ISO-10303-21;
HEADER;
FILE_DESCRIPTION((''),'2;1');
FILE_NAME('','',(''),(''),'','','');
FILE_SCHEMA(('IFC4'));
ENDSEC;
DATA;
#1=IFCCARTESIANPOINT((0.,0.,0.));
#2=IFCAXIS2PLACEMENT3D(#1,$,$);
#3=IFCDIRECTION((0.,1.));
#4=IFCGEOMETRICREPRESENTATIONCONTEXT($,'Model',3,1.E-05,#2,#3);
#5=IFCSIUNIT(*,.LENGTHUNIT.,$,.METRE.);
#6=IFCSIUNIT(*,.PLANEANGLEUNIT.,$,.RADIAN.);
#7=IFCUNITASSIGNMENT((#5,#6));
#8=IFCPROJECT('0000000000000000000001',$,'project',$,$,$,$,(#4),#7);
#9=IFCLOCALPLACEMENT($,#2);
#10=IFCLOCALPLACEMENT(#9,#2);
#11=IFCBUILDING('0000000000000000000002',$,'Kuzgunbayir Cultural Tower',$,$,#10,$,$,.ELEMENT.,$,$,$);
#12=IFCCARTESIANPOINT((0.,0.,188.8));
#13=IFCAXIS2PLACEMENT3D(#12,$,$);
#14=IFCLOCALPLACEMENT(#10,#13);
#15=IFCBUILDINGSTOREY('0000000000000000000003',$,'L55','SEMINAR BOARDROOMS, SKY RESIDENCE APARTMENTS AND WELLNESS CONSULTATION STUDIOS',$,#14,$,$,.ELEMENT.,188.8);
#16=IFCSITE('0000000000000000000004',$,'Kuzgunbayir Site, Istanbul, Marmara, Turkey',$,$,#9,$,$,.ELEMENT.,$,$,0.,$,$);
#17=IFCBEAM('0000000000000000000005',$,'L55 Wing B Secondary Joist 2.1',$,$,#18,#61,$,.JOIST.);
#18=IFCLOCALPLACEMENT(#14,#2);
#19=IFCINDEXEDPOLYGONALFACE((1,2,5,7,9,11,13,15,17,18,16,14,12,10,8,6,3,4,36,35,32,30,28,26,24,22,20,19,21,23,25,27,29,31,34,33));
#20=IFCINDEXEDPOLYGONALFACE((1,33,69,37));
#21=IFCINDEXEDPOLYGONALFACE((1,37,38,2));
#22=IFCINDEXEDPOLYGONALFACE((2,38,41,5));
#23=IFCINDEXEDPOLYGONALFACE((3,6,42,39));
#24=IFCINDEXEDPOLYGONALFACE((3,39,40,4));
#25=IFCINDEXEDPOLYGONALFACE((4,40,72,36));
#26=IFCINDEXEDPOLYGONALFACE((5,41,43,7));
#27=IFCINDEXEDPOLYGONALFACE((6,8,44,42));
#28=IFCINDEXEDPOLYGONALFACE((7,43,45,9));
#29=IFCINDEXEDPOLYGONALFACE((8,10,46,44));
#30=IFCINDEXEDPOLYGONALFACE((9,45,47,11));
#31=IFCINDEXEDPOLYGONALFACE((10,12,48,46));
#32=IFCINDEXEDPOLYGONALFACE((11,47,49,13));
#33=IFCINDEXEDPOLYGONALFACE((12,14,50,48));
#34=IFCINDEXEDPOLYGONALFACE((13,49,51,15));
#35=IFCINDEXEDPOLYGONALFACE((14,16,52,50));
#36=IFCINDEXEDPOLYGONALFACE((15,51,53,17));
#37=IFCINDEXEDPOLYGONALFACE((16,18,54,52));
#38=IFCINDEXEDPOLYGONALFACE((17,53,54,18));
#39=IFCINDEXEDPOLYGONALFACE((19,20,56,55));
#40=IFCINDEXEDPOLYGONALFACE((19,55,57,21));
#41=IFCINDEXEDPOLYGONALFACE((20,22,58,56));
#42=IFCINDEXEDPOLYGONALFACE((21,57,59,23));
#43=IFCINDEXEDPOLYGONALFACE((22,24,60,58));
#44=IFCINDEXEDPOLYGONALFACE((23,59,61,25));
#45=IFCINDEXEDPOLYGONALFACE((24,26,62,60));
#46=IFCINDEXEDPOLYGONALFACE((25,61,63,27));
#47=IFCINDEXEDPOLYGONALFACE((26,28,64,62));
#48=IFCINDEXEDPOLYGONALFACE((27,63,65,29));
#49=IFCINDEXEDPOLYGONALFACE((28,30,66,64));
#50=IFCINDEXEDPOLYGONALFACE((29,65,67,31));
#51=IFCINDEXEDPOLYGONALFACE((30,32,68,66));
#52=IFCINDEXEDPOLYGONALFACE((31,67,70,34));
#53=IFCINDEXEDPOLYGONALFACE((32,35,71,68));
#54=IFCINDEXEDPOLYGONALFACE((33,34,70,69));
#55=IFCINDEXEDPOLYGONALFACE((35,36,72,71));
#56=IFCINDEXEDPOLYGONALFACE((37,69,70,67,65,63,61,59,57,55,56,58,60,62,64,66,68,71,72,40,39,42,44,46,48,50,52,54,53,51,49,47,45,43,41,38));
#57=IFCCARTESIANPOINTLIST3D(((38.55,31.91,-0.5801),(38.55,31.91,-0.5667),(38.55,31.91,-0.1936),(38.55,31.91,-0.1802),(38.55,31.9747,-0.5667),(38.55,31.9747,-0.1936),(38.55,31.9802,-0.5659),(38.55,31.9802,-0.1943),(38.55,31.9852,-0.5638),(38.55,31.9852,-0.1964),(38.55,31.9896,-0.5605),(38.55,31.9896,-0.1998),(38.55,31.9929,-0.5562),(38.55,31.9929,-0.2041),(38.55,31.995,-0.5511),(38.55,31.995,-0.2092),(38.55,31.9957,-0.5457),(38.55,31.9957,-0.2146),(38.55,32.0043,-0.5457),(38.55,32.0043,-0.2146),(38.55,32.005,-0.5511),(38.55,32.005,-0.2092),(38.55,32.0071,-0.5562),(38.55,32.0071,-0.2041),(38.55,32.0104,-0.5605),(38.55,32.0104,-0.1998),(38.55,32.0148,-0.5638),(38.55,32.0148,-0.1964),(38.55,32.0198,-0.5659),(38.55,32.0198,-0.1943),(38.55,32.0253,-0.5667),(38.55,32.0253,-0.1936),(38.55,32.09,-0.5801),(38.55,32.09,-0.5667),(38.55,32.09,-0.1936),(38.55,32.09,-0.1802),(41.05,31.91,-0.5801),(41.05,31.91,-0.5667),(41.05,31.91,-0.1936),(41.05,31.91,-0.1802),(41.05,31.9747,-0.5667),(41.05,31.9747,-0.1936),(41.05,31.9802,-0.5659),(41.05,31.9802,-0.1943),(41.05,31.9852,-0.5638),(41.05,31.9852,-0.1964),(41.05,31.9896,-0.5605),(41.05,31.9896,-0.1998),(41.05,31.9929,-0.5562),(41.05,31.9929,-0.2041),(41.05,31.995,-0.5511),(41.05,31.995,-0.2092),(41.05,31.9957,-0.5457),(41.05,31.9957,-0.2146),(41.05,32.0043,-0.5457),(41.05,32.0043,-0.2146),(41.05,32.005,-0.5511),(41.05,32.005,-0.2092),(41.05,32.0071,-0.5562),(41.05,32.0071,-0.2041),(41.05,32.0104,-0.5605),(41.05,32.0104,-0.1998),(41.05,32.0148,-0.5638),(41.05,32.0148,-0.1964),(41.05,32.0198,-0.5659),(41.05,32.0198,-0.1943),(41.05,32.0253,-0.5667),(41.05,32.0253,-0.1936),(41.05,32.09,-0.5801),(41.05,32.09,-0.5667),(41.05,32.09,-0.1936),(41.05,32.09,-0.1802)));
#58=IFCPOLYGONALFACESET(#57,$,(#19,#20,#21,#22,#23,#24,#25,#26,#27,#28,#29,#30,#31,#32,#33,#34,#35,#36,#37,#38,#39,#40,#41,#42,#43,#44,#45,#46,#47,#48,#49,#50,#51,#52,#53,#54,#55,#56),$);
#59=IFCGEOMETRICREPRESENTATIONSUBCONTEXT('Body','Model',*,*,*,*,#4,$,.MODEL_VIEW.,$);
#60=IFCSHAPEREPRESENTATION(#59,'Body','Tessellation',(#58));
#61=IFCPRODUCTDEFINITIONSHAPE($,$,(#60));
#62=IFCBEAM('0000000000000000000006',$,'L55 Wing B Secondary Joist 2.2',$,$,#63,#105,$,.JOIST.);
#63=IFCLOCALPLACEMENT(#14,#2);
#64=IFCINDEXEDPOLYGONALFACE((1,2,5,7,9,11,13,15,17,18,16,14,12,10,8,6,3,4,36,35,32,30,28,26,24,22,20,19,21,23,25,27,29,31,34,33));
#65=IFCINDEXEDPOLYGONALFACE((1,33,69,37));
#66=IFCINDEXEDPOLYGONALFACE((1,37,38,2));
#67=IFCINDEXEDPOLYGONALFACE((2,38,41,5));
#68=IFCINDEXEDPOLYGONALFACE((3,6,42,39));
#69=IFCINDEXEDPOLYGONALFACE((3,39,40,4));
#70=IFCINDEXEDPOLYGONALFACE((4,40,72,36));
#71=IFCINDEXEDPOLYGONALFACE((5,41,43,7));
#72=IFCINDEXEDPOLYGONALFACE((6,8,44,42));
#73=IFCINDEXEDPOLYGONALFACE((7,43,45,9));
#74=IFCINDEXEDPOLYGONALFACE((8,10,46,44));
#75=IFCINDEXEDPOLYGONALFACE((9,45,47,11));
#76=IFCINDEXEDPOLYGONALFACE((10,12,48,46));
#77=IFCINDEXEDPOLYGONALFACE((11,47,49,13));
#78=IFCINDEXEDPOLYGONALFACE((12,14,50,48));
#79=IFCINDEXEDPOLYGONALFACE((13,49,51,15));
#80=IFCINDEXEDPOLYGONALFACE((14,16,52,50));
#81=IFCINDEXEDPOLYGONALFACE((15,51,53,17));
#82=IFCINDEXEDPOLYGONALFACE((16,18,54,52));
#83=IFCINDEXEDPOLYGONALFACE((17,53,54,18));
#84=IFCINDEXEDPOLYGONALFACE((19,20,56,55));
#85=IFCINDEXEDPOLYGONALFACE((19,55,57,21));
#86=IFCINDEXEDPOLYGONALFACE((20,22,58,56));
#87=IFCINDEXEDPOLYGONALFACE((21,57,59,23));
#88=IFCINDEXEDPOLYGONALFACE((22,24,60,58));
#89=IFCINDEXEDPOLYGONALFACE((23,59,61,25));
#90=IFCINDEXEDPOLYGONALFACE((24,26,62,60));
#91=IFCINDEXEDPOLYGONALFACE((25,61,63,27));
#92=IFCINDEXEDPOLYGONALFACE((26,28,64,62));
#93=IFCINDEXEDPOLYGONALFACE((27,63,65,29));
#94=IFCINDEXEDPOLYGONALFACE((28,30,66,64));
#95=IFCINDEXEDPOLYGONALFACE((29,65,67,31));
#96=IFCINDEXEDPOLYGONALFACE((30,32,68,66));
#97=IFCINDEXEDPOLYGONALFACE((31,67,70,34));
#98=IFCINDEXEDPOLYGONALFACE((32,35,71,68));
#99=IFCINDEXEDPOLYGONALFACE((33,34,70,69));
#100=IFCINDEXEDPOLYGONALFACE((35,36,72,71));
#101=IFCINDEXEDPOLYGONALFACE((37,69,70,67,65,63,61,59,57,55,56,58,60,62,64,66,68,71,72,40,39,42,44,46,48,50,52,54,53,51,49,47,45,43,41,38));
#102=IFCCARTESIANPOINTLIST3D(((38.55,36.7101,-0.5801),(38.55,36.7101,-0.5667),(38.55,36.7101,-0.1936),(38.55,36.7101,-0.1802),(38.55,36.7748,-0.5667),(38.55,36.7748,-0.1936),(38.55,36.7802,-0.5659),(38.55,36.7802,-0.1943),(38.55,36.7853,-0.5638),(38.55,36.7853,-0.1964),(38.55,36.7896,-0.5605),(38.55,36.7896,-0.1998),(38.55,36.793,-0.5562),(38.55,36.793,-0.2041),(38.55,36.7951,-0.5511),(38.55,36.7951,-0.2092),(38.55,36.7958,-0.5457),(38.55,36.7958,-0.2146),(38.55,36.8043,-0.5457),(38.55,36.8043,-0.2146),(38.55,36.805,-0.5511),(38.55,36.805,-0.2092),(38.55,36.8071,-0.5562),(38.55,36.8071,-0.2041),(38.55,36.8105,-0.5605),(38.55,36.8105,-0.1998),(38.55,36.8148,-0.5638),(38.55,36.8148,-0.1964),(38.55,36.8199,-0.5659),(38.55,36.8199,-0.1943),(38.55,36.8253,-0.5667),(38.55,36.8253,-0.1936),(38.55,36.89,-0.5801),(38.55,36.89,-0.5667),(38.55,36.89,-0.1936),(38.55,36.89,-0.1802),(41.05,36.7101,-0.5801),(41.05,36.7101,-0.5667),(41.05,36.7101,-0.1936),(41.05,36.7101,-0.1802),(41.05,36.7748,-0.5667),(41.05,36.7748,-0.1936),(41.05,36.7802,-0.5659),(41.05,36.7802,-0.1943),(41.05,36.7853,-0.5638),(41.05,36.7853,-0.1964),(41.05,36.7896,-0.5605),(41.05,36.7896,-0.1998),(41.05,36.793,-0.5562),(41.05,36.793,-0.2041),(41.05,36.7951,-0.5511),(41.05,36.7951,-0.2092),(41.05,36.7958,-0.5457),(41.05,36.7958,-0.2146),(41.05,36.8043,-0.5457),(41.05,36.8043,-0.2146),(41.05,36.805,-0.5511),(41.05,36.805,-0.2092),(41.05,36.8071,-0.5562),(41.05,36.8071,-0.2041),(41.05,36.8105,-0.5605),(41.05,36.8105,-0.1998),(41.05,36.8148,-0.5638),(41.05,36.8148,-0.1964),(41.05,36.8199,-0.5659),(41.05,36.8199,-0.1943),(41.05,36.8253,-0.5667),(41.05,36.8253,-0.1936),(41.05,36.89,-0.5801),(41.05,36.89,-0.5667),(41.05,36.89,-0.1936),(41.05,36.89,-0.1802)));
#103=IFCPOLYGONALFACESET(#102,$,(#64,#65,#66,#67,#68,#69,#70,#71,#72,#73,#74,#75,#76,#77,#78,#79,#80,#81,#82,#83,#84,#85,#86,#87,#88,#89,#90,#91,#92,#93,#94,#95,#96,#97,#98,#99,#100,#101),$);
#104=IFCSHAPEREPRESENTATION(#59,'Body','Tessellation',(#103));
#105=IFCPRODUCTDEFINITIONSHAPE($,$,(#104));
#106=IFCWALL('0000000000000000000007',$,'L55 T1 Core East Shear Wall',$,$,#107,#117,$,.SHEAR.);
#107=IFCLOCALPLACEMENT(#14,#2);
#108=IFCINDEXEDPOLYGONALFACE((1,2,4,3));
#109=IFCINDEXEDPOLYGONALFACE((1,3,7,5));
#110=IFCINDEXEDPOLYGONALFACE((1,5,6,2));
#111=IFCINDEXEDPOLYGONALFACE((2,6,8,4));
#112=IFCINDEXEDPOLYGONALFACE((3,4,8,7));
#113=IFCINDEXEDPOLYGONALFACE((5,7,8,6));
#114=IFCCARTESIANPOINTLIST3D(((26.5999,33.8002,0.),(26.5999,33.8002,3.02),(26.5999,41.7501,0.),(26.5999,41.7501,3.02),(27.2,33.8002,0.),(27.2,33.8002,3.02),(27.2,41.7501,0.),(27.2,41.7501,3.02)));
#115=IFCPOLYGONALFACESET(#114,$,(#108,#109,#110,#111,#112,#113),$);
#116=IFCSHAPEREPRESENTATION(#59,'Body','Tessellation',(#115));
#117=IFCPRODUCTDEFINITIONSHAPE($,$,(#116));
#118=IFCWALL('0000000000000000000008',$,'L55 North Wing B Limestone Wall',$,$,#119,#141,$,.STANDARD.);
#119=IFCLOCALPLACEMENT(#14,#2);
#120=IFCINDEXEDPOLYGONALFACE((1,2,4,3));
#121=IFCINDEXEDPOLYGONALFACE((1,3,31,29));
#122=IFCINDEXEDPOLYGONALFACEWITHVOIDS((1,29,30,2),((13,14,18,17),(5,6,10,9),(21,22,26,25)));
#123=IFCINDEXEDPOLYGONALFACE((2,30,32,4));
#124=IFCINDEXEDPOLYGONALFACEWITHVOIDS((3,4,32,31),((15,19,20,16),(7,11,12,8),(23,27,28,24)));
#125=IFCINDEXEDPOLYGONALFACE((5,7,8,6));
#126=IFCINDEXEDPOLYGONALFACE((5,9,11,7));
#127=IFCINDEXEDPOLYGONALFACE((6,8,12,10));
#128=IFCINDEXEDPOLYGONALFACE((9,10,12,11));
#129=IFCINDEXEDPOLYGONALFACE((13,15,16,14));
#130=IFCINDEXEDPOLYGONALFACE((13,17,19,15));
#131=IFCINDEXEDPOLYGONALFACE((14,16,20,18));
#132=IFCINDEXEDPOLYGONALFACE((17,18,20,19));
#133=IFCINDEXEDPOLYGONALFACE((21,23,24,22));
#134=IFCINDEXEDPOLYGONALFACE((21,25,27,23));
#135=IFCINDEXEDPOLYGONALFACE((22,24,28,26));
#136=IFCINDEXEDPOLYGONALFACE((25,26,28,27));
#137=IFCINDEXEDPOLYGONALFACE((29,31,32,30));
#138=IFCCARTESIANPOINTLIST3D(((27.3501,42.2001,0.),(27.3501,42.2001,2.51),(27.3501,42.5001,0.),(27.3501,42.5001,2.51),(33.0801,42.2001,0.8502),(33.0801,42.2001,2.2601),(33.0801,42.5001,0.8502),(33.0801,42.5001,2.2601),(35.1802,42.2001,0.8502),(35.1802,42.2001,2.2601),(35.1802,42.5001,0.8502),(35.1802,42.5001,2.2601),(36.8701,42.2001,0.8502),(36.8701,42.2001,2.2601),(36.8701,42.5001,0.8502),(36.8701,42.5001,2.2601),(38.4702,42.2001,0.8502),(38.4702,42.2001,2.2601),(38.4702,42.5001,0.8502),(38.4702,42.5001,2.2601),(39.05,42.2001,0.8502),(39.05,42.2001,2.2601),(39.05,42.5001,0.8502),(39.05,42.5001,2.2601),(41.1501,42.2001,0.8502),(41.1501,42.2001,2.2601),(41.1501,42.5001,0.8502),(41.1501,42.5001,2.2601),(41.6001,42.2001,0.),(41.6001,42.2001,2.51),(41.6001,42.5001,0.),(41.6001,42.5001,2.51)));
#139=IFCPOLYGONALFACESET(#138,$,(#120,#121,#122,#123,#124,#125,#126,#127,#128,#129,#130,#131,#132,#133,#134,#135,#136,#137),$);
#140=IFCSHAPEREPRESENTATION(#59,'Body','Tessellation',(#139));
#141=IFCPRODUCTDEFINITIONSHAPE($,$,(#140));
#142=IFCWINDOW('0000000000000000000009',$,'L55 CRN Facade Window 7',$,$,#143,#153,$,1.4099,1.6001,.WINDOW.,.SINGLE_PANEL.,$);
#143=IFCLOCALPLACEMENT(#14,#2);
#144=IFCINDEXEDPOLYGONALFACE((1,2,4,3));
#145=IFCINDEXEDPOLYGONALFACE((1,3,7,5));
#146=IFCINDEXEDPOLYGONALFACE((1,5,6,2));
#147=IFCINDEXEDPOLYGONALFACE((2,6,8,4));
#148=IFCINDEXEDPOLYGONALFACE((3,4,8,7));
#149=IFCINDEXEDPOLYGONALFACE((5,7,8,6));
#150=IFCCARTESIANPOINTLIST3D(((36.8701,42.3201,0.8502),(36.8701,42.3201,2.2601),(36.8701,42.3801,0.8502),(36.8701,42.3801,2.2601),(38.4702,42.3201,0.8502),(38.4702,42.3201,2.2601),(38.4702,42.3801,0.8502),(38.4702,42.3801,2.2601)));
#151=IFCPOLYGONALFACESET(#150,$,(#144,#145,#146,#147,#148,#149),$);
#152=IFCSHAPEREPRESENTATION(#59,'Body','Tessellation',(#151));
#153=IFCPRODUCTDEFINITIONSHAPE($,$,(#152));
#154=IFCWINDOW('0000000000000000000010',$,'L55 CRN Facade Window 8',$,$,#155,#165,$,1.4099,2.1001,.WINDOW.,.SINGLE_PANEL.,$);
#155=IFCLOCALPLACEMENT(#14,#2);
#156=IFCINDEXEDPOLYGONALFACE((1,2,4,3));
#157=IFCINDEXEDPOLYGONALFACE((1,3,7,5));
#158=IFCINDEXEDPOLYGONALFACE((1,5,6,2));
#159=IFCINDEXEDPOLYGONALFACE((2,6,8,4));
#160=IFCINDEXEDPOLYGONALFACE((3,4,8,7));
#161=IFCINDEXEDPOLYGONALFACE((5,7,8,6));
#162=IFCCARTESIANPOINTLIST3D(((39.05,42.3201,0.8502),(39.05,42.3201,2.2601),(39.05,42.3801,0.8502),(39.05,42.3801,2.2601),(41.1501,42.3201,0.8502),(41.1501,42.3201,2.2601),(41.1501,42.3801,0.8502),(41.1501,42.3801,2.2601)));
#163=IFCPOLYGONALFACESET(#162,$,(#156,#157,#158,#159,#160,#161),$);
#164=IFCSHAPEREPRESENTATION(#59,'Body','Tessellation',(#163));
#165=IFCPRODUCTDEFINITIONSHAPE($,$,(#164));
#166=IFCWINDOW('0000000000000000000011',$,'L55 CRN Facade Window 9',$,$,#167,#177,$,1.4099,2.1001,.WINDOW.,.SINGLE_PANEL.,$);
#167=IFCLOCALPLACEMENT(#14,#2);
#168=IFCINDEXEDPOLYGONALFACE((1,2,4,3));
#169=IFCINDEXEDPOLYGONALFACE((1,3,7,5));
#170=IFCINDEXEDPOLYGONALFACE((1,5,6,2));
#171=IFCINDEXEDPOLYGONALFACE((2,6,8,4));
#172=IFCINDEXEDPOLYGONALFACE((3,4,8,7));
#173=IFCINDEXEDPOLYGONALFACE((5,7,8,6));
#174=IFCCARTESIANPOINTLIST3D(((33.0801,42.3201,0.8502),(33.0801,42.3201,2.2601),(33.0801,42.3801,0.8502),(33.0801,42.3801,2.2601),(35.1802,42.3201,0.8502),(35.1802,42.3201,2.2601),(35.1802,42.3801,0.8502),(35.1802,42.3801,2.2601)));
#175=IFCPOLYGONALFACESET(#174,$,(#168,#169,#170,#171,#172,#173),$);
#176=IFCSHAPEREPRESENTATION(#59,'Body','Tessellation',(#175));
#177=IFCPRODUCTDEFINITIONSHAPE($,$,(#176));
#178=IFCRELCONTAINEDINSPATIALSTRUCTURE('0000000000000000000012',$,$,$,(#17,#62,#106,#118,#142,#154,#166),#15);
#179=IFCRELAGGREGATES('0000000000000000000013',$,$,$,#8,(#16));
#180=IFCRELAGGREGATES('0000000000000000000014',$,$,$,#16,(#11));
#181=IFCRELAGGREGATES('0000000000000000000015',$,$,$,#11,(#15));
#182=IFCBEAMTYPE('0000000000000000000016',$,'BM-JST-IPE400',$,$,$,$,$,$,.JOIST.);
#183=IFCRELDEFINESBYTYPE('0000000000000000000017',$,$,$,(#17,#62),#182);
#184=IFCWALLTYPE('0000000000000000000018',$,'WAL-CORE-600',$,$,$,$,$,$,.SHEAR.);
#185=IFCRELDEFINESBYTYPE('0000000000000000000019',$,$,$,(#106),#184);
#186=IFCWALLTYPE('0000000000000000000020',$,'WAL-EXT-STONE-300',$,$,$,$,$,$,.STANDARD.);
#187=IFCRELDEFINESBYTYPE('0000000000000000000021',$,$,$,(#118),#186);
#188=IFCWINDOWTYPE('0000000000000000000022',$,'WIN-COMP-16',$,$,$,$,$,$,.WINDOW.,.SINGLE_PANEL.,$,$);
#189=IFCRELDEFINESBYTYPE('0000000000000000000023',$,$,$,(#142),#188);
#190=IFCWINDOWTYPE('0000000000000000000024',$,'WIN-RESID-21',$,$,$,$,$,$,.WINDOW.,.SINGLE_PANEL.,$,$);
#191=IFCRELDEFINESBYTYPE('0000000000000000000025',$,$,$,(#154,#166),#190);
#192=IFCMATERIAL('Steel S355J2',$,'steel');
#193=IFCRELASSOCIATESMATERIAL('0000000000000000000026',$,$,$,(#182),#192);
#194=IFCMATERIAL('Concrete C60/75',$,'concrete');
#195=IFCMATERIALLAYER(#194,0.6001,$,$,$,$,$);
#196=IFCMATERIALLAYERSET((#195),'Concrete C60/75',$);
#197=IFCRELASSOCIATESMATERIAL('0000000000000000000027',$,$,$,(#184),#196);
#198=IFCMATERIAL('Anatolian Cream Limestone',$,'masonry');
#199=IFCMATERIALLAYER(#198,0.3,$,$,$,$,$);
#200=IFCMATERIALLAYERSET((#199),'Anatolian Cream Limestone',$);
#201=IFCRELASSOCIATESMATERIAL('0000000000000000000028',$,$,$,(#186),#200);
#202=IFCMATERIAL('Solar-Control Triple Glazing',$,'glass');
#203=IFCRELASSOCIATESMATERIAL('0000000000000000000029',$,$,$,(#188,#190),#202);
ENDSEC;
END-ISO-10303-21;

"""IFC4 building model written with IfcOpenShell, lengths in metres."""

from ifc_helpers import new_model, si_unit, direction, frame, frame_2d, origin, origin_2d, place, context, subcontext, project, spatial, rectangle, i_section, extrude, material, layer, layer_set, material_profile, profile_set, type_object, element, fill, save


model = new_model("IFC4")

# Units and contexts
model_context = context("Model", 3, precision=1e-05, world=origin(), true_north=direction((0.0, 1.0)))
body_context = subcontext(model_context, "Body", "Model", "MODEL_VIEW")
ifc_project = project(units=[si_unit("LENGTHUNIT", "METRE"), si_unit("PLANEANGLEUNIT", "RADIAN")], contexts=[model_context])

# Site, building, storey
site_placement = place(None, origin())
site = spatial("IfcSite", under=ifc_project, at=site_placement, Name="Kuzgunbayir Site, Istanbul, Marmara, Turkey", CompositionType="ELEMENT", RefElevation=0.0)
building_placement = place(site_placement, origin())
building = spatial("IfcBuilding", under=site, at=building_placement, Name="Kuzgunbayir Cultural Tower", CompositionType="ELEMENT")
storey_placement = place(building_placement, frame((0.0, 0.0, 188.8)))
storey = spatial("IfcBuildingStorey", under=building, at=storey_placement, Name="L55", Description="SEMINAR BOARDROOMS, SKY RESIDENCE APARTMENTS AND WELLNESS CONSULTATION STUDIOS", CompositionType="ELEMENT", Elevation=188.8)

# Beams
ifc_material_1 = material(Name="Steel S355J2", Category="steel")
ifc_material_profile_1 = material_profile(ifc_material_1, i_section(OverallWidth=0.1799, OverallDepth=0.3999, WebThickness=0.0085, FlangeThickness=0.0134, FilletRadius=0.021, at=origin_2d()), Name="IPE 400")
ifc_profile_set_1 = profile_set([ifc_material_profile_1], Name="Steel S355J2")
beam_type_1 = type_object("IfcBeamType", Name="BM-JST-IPE400", PredefinedType="JOIST", material=ifc_profile_set_1)
for number, where, z_axis, x_axis, name in (
    (1, (38.55, 32.0, -0.3801), (1.0, 0.0, 0.0), (0.0, 1.0, 0.0), "L55 Wing B Secondary Joist 2.1"),
    (2, (38.55, 36.8, -0.3801), (1.0, 0.0, 0.0), (0.0, 1.0, 0.0), "L55 Wing B Secondary Joist 2.2"),
):
    element("IfcBeam", number, at=place(storey_placement, frame(where, z_axis=z_axis, x_axis=x_axis)), inside=storey, type_object=beam_type_1, Name=name, PredefinedType="JOIST", context=body_context, shape_type="SweptSolid", body=[
        extrude(i_section(OverallWidth=0.1799, OverallDepth=0.3999, WebThickness=0.0085, FlangeThickness=0.0134, FilletRadius=0.021, at=origin_2d()), origin(), (0.0, 0.0, 1.0), 2.5),
    ])

# Wall
ifc_material_2 = material(Name="Concrete C60/75", Category="concrete")
ifc_layer_1 = layer(ifc_material_2, 0.6001)
ifc_layer_set_1 = layer_set([ifc_layer_1], Name="Concrete C60/75")
wall_type_1 = type_object("IfcWallType", Name="WAL-CORE-600", PredefinedType="SHEAR", material=ifc_layer_set_1)
wall_1_placement = place(storey_placement, frame((26.8999, 33.8, 0.0), z_axis=(0.0, 0.0, 1.0), x_axis=(0.0, 1.0, 0.0)))
element("IfcWall", 3, at=wall_1_placement, inside=storey, type_object=wall_type_1, Name="L55 T1 Core East Shear Wall", PredefinedType="SHEAR", context=body_context, shape_type="SweptSolid", body=[
    extrude(rectangle(XDim=7.95, YDim=0.6001, at=frame_2d((3.9751, 0.0))), origin(), (0.0, 0.0, 1.0), 3.02),
])

# Wall, openings, windows
ifc_material_3 = material(Name="Anatolian Cream Limestone", Category="masonry")
ifc_layer_2 = layer(ifc_material_3, 0.3)
ifc_layer_set_2 = layer_set([ifc_layer_2], Name="Anatolian Cream Limestone")
wall_type_2 = type_object("IfcWallType", Name="WAL-EXT-STONE-300", PredefinedType="STANDARD", material=ifc_layer_set_2)
wall_2_placement = place(storey_placement, frame((41.6001, 42.3501, 0.0), z_axis=(0.0, 0.0, 1.0), x_axis=(-1.0, 0.0, 0.0)))
wall_2 = element("IfcWall", 4, at=wall_2_placement, inside=storey, type_object=wall_type_2, Name="L55 North Wing B Limestone Wall", PredefinedType="STANDARD", context=body_context, shape_type="SweptSolid", body=[
    extrude(rectangle(XDim=14.25, YDim=0.3, at=frame_2d((7.125, 0.0))), origin(), (0.0, 0.0, 1.0), 2.51),
])
opening_1_placement = place(wall_2_placement, frame((3.1299, 0.0, 0.8501)))
opening_1 = element("IfcOpeningElement", 5, at=opening_1_placement, cuts=wall_2, PredefinedType="OPENING", context=body_context, shape_type="SweptSolid", body=[
    extrude(rectangle(XDim=1.6001, YDim=1.4099, at=frame_2d((0.8, 0.7051))), frame((0.0, 0.1602, 0.0), z_axis=(0.0, -1.0, 0.0), x_axis=(1.0, 0.0, 0.0)), (0.0, 0.0, 1.0), 0.3201),
])
opening_2_placement = place(wall_2_placement, frame((0.45, 0.0, 0.8501)))
opening_2 = element("IfcOpeningElement", 6, at=opening_2_placement, cuts=wall_2, PredefinedType="OPENING", context=body_context, shape_type="SweptSolid", body=[
    extrude(rectangle(XDim=2.1001, YDim=1.4099, at=frame_2d((1.05, 0.7051))), frame((0.0, 0.1602, 0.0), z_axis=(0.0, -1.0, 0.0), x_axis=(1.0, 0.0, 0.0)), (0.0, 0.0, 1.0), 0.3201),
])
opening_3_placement = place(wall_2_placement, frame((6.4199, 0.0, 0.8501)))
opening_3 = element("IfcOpeningElement", 7, at=opening_3_placement, cuts=wall_2, PredefinedType="OPENING", context=body_context, shape_type="SweptSolid", body=[
    extrude(rectangle(XDim=2.1001, YDim=1.4099, at=frame_2d((1.05, 0.7051))), frame((0.0, 0.1602, 0.0), z_axis=(0.0, -1.0, 0.0), x_axis=(1.0, 0.0, 0.0)), (0.0, 0.0, 1.0), 0.3201),
])
ifc_material_4 = material(Name="Solar-Control Triple Glazing", Category="glass")
window_type_1 = type_object("IfcWindowType", Name="WIN-COMP-16", PartitioningType="SINGLE_PANEL", PredefinedType="WINDOW", material=ifc_material_4)
window_1_placement = place(opening_1_placement, origin())
window_1 = element("IfcWindow", 8, at=window_1_placement, inside=storey, type_object=window_type_1, Name="L55 CRN Facade Window 7", OverallHeight=1.4099, OverallWidth=1.6001, PartitioningType="SINGLE_PANEL", PredefinedType="WINDOW", context=body_context, shape_type="SweptSolid", body=[
    extrude(rectangle(XDim=1.6001, YDim=1.4099, at=frame_2d((0.8, 0.7051))), frame((0.0, 0.03, 0.0), z_axis=(0.0, -1.0, 0.0), x_axis=(1.0, 0.0, 0.0)), (0.0, 0.0, 1.0), 0.0601),
])
fill(opening_1, window_1)
window_type_2 = type_object("IfcWindowType", Name="WIN-RESID-21", PartitioningType="SINGLE_PANEL", PredefinedType="WINDOW", material=ifc_material_4)
window_2_placement = place(opening_2_placement, origin())
window_2 = element("IfcWindow", 9, at=window_2_placement, inside=storey, type_object=window_type_2, Name="L55 CRN Facade Window 8", OverallHeight=1.4099, OverallWidth=2.1001, PartitioningType="SINGLE_PANEL", PredefinedType="WINDOW", context=body_context, shape_type="SweptSolid", body=[
    extrude(rectangle(XDim=2.1001, YDim=1.4099, at=frame_2d((1.05, 0.7051))), frame((0.0, 0.03, 0.0), z_axis=(0.0, -1.0, 0.0), x_axis=(1.0, 0.0, 0.0)), (0.0, 0.0, 1.0), 0.0601),
])
fill(opening_2, window_2)
window_3_placement = place(opening_3_placement, origin())
window_3 = element("IfcWindow", 10, at=window_3_placement, inside=storey, type_object=window_type_2, Name="L55 CRN Facade Window 9", OverallHeight=1.4099, OverallWidth=2.1001, PartitioningType="SINGLE_PANEL", PredefinedType="WINDOW", context=body_context, shape_type="SweptSolid", body=[
    extrude(rectangle(XDim=2.1001, YDim=1.4099, at=frame_2d((1.05, 0.7051))), frame((0.0, 0.03, 0.0), z_axis=(0.0, -1.0, 0.0), x_axis=(1.0, 0.0, 0.0)), (0.0, 0.0, 1.0), 0.0601),
])
fill(opening_3, window_3)

save(model, "model.ifc")
